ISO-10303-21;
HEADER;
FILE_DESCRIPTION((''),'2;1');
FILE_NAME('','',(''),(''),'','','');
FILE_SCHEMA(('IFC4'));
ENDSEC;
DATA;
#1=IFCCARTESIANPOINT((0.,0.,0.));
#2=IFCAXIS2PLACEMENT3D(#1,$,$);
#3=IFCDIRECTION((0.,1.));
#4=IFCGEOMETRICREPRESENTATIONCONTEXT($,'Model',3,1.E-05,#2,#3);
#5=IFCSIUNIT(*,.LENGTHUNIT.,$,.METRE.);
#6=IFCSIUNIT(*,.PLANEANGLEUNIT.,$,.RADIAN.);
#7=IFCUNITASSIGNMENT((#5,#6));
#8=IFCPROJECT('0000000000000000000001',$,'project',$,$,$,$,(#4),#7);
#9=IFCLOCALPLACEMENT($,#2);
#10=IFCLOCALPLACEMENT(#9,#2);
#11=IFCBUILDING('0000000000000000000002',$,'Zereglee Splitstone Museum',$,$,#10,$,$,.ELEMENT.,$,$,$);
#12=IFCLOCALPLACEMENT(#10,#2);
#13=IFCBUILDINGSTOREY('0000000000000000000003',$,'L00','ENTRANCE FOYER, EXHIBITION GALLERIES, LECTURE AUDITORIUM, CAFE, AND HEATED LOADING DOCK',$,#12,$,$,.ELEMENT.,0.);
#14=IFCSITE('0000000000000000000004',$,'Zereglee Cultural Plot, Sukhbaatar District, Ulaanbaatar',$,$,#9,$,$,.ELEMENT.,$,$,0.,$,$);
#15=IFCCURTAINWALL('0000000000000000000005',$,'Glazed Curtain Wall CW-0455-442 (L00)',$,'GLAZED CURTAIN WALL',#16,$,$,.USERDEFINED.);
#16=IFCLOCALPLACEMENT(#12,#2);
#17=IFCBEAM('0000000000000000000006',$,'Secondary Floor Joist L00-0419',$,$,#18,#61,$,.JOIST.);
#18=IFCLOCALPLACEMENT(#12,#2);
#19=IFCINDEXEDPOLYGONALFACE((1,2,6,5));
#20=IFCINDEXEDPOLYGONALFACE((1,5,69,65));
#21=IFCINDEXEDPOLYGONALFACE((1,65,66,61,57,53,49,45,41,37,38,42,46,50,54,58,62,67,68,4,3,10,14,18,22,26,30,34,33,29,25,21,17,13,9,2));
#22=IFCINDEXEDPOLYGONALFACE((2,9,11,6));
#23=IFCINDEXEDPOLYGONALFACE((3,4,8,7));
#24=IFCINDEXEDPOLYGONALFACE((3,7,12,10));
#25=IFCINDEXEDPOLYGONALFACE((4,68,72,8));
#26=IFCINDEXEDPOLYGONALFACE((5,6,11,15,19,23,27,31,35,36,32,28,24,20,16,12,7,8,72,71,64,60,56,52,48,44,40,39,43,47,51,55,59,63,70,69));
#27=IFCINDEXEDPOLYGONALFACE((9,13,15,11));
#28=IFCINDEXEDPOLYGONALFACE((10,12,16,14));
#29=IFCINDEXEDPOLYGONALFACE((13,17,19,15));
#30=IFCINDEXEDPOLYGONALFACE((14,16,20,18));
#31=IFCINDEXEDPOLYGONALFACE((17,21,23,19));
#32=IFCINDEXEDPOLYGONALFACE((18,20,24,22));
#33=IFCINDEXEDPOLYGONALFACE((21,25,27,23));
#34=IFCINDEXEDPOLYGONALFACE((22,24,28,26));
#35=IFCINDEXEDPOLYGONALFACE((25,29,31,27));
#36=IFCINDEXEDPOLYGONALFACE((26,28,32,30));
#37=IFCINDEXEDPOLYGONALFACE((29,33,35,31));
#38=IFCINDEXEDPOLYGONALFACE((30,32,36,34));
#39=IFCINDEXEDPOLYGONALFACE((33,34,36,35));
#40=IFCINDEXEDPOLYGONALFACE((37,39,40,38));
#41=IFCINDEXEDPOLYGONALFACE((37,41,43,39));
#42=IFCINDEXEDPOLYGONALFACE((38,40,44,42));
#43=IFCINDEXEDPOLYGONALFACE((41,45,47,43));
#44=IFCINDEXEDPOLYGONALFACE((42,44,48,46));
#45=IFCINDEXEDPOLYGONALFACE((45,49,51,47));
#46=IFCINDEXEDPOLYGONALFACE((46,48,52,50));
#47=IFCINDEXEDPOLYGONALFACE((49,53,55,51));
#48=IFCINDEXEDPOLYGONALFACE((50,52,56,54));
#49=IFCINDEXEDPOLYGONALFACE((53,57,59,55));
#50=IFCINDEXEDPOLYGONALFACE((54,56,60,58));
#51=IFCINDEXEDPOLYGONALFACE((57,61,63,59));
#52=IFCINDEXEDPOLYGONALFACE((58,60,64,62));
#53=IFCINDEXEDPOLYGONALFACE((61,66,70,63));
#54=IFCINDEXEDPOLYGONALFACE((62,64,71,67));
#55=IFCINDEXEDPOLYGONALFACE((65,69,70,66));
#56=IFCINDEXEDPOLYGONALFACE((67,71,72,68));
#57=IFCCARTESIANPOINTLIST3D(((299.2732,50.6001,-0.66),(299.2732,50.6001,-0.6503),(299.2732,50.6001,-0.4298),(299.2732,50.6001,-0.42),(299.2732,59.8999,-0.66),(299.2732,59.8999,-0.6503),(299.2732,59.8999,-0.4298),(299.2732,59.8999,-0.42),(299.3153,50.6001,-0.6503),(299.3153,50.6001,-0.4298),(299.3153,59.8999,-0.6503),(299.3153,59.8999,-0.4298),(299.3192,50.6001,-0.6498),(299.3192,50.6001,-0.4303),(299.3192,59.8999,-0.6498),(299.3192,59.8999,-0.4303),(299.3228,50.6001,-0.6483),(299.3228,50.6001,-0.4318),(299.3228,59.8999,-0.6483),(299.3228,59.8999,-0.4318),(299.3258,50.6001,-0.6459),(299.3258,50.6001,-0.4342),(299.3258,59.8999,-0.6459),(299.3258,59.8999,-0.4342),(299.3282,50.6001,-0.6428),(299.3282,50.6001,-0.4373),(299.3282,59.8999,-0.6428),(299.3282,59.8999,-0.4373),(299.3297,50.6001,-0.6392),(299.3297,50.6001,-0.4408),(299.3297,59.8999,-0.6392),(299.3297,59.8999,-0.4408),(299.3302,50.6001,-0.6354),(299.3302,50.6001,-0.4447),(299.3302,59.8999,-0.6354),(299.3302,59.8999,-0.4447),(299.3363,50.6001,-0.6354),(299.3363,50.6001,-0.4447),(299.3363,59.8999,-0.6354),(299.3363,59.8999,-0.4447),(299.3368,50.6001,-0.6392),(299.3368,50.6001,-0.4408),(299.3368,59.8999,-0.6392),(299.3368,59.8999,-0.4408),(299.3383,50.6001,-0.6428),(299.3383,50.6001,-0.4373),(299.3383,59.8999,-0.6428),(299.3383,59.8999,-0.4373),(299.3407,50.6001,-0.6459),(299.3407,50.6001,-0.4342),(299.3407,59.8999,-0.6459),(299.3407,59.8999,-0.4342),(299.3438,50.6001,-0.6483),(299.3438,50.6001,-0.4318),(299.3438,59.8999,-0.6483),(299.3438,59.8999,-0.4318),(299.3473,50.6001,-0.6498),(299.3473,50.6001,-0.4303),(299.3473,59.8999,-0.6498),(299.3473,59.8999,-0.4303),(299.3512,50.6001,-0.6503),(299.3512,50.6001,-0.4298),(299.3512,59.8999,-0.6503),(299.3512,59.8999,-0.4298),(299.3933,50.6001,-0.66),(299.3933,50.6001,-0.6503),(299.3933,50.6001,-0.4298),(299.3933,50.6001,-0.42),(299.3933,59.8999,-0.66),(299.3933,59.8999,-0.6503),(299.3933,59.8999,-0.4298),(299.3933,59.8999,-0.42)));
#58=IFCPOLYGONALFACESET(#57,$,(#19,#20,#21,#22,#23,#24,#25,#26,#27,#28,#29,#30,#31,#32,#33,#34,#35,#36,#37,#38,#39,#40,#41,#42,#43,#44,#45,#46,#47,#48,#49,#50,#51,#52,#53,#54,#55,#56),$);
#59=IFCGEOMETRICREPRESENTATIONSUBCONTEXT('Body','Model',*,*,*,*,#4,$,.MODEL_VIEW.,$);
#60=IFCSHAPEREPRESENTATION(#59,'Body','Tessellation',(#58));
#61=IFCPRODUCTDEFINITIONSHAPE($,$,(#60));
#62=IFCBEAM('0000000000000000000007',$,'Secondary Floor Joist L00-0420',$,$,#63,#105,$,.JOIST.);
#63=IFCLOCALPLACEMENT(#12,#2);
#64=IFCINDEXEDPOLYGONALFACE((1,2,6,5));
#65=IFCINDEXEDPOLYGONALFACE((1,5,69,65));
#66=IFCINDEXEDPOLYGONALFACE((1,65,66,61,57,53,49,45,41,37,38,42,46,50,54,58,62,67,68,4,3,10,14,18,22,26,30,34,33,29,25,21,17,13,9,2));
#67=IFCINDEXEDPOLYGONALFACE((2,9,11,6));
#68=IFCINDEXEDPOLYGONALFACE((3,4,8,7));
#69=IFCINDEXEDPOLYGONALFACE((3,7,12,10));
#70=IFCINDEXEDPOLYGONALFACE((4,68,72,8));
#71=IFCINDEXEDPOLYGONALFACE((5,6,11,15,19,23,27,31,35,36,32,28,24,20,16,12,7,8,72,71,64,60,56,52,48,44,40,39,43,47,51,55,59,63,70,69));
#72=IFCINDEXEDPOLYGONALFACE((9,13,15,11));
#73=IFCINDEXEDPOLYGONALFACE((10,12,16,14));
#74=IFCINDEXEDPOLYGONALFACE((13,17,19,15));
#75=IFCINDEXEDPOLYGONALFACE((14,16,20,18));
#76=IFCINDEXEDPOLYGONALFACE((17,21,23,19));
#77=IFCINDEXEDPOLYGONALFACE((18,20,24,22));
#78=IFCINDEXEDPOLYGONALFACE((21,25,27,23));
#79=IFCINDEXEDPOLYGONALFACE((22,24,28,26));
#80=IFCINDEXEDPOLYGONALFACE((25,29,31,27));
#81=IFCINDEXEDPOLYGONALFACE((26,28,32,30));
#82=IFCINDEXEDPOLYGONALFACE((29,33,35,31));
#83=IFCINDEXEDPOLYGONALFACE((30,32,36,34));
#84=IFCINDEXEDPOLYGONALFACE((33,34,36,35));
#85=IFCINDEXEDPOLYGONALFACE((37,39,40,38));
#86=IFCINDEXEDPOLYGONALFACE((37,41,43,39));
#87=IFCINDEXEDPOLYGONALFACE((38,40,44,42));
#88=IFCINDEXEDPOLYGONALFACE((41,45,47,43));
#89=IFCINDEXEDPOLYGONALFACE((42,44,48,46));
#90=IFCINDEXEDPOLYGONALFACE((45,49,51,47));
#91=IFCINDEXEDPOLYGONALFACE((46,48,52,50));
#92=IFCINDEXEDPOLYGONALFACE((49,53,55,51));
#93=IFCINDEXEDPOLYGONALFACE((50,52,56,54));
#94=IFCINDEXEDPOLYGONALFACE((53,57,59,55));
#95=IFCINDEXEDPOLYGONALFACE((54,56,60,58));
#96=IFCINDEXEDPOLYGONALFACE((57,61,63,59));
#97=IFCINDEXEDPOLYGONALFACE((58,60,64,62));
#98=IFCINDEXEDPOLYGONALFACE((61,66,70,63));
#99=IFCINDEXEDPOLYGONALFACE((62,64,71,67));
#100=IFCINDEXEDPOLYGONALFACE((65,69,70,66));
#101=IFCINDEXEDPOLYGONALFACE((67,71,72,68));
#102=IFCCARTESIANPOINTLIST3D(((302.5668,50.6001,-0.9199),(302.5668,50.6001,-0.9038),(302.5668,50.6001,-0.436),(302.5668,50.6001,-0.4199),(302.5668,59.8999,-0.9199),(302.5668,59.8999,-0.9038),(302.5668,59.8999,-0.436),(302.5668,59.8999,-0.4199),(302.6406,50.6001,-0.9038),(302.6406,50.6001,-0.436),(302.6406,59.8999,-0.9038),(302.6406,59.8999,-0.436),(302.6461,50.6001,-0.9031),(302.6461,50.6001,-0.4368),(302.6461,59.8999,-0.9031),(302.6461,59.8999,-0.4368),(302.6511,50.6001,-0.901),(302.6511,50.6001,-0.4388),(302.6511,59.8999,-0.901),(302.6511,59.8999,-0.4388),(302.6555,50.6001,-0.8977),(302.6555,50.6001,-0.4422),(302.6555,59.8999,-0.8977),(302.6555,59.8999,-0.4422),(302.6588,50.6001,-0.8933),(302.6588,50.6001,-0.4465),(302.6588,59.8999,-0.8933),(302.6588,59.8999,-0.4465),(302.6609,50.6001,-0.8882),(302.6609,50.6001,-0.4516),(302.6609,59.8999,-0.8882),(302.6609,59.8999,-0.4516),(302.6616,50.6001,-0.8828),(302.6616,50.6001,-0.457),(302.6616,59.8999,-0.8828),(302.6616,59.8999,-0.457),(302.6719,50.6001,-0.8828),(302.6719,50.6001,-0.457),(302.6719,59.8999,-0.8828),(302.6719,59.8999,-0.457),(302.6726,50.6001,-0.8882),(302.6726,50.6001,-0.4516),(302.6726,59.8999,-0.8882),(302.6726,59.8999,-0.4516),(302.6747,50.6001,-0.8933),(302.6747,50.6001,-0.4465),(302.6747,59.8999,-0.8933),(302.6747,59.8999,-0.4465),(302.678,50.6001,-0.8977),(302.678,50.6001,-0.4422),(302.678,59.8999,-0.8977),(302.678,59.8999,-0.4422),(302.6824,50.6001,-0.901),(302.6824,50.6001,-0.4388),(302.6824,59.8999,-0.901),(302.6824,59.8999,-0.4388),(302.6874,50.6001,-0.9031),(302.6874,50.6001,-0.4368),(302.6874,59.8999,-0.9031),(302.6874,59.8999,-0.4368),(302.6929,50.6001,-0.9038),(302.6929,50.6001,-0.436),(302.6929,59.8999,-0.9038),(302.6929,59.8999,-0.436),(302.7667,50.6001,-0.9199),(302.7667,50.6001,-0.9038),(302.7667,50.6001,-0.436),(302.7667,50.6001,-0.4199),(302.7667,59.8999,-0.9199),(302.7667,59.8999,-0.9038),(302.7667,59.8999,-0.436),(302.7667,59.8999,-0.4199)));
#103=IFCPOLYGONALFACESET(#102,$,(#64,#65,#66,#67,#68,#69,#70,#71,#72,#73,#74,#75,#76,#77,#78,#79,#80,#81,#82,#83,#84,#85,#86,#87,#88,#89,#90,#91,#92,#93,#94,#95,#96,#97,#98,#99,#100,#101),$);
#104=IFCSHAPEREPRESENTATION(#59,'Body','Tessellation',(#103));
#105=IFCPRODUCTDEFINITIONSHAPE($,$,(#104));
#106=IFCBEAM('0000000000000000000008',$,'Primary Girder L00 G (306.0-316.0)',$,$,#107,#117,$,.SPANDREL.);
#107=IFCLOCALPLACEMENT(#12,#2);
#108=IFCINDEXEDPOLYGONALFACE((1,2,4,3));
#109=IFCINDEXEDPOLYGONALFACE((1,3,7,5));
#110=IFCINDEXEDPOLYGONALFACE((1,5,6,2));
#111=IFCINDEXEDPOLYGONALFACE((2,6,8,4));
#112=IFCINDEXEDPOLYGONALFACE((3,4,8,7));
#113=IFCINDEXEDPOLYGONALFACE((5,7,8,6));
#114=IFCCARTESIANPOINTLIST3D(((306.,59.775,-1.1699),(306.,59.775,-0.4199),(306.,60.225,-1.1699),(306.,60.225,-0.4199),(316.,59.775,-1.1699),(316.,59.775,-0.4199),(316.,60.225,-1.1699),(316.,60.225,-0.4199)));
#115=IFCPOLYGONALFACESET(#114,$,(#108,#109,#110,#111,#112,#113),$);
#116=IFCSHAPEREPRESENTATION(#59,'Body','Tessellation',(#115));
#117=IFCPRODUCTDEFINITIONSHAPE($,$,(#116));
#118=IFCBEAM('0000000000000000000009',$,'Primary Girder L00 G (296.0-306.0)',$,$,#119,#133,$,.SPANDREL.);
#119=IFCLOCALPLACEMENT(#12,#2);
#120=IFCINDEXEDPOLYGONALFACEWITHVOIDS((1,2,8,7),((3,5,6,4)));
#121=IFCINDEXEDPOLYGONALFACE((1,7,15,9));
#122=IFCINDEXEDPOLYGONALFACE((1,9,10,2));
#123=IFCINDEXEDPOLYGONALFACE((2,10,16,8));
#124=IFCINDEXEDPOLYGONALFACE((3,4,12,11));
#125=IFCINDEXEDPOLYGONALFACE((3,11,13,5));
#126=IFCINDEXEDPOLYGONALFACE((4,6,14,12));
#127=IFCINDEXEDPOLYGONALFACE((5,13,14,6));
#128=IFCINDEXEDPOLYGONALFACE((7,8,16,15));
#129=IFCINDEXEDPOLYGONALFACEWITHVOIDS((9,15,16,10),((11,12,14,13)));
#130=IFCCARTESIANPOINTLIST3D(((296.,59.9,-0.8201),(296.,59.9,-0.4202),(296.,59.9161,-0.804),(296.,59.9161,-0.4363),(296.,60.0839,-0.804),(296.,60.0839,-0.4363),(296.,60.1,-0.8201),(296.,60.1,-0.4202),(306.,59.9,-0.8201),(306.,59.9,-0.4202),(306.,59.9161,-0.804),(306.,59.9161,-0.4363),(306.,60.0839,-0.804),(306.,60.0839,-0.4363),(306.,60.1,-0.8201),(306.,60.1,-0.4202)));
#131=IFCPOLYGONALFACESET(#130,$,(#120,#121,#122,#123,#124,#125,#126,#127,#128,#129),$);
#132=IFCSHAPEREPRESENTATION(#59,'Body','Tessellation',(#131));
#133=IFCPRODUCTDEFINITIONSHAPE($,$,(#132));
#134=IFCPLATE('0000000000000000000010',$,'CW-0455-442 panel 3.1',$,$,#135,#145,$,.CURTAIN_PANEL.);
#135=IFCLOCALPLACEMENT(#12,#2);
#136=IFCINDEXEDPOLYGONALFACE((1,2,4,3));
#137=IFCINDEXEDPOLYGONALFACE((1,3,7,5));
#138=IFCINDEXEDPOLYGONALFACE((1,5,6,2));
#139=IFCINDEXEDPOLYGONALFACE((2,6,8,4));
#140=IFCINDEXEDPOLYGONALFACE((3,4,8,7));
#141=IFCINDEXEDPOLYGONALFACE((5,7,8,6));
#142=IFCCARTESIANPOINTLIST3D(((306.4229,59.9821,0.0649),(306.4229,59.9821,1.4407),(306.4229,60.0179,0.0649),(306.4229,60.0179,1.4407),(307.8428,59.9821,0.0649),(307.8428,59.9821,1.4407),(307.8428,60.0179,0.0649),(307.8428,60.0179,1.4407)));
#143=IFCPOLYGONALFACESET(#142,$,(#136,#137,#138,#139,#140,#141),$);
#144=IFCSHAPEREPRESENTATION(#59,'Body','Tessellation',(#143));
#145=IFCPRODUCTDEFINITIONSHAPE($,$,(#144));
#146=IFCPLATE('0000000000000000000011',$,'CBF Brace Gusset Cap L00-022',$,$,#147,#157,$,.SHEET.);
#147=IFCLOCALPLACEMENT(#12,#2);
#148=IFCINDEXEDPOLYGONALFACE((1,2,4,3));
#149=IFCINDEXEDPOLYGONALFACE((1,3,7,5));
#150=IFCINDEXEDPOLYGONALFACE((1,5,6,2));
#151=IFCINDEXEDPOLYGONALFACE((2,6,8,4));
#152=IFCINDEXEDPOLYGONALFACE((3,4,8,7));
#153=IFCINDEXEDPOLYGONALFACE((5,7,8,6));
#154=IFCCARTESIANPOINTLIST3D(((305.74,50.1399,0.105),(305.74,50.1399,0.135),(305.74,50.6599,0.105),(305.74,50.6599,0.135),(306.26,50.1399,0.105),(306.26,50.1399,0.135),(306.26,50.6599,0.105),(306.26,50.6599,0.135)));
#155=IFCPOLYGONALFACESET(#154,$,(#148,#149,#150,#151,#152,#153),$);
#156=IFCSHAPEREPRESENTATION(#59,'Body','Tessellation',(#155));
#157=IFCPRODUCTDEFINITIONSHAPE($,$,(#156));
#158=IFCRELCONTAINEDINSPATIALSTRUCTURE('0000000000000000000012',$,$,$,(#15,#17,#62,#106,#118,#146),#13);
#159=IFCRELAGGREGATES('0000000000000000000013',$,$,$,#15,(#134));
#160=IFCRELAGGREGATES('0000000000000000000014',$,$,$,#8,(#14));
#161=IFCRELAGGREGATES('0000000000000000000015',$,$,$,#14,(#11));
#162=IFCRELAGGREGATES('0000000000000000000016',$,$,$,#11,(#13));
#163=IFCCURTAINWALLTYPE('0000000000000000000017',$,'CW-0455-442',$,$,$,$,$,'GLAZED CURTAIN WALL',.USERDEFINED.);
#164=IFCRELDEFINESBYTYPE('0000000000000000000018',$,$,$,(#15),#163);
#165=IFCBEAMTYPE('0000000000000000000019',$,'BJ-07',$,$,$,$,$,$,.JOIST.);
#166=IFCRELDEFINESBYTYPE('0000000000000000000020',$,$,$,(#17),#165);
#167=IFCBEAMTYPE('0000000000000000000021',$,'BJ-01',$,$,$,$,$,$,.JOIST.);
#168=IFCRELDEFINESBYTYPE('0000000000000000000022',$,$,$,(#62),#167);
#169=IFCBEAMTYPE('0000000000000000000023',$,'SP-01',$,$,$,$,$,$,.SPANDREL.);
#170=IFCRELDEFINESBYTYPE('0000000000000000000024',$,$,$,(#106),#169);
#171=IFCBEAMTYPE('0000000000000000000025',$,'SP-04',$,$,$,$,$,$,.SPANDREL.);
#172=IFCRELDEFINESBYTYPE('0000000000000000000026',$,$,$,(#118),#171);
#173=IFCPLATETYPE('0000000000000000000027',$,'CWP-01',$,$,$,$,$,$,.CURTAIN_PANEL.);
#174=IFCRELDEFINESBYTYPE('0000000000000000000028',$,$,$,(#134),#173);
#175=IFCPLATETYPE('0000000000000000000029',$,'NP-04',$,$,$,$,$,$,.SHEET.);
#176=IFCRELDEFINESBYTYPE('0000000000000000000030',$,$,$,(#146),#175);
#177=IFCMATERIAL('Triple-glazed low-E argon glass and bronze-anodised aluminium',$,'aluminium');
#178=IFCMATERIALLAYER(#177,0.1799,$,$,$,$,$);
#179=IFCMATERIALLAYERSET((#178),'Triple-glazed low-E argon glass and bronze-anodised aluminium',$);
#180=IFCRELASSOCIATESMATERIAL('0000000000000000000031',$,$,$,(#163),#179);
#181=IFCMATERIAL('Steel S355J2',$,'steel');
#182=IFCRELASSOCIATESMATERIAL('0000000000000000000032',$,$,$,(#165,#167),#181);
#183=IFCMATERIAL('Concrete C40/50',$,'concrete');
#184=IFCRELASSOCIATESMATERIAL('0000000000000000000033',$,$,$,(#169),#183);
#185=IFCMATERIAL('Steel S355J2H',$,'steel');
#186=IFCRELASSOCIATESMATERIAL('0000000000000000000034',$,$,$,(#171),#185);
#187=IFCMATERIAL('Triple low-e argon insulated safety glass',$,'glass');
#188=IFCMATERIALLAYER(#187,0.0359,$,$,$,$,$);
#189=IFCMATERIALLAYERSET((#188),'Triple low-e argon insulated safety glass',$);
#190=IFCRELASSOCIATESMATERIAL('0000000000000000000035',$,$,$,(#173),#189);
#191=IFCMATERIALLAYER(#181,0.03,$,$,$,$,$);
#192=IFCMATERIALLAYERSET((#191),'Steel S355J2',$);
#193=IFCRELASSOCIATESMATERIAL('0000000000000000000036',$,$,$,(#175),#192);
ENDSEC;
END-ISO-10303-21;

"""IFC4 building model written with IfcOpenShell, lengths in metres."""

from ifc_helpers import new_model, si_unit, direction, frame, origin, origin_2d, place, context, subcontext, project, spatial, rectangle, hollow_rectangle, i_section, extrude, material, layer, layer_set, material_profile, profile_set, type_object, element, aggregate, save


model = new_model("IFC4")

# Units and contexts
model_context = context("Model", 3, precision=1e-05, world=origin(), true_north=direction((0.0, 1.0)))
body_context = subcontext(model_context, "Body", "Model", "MODEL_VIEW")
ifc_project = project(units=[si_unit("LENGTHUNIT", "METRE"), si_unit("PLANEANGLEUNIT", "RADIAN")], contexts=[model_context])

# Site, building, storey
site_placement = place(None, origin())
site = spatial("IfcSite", under=ifc_project, at=site_placement, Name="Zereglee Cultural Plot, Sukhbaatar District, Ulaanbaatar", CompositionType="ELEMENT", RefElevation=0.0)
building_placement = place(site_placement, origin())
building = spatial("IfcBuilding", under=site, at=building_placement, Name="Zereglee Splitstone Museum", CompositionType="ELEMENT")
storey_placement = place(building_placement, origin())
storey = spatial("IfcBuildingStorey", under=building, at=storey_placement, Name="L00", Description="ENTRANCE FOYER, EXHIBITION GALLERIES, LECTURE AUDITORIUM, CAFE, AND HEATED LOADING DOCK", CompositionType="ELEMENT", Elevation=0.0)

# Shared definitions
ifc_material_1 = material(Name="Steel S355J2H", Category="steel")

# Curtain wall
ifc_material_2 = material(Name="Triple-glazed low-E argon glass and bronze-anodised aluminium", Category="aluminium")
ifc_layer_1 = layer(ifc_material_2, 0.1799)
ifc_layer_set_1 = layer_set([ifc_layer_1], Name="Triple-glazed low-E argon glass and bronze-anodised aluminium")
curtain_wall_type_1 = type_object("IfcCurtainWallType", Name="CW-0455-442", ElementType="GLAZED CURTAIN WALL", PredefinedType="USERDEFINED", material=ifc_layer_set_1)
curtain_wall_1_placement = place(storey_placement, origin())
curtain_wall_1 = element("IfcCurtainWall", 1, at=curtain_wall_1_placement, inside=storey, type_object=curtain_wall_type_1, Name="Glazed Curtain Wall CW-0455-442 (L00)", ObjectType="GLAZED CURTAIN WALL", PredefinedType="USERDEFINED")

# Beams
ifc_material_3 = material(Name="Steel S355J2", Category="steel")
ifc_material_profile_1 = material_profile(ifc_material_3, i_section(OverallWidth=0.1201, OverallDepth=0.24, WebThickness=0.0061, FlangeThickness=0.0098, FilletRadius=0.0149, at=origin_2d()), Name="IPE 240")
ifc_profile_set_1 = profile_set([ifc_material_profile_1], Name="Steel S355J2")
beam_type_1 = type_object("IfcBeamType", Name="BJ-07", PredefinedType="JOIST", material=ifc_profile_set_1)
beam_1_placement = place(storey_placement, frame((299.3333, 50.6001, -0.54), z_axis=(0.0, 1.0, 0.0), x_axis=(-1.0, 0.0, 0.0)))
element("IfcBeam", 2, at=beam_1_placement, inside=storey, type_object=beam_type_1, Name="Secondary Floor Joist L00-0419", PredefinedType="JOIST", context=body_context, shape_type="SweptSolid", body=[
    extrude(i_section(OverallWidth=0.1201, OverallDepth=0.24, WebThickness=0.0061, FlangeThickness=0.0098, FilletRadius=0.0149, at=origin_2d()), origin(), (0.0, 0.0, 1.0), 9.2998),
])
ifc_material_profile_2 = material_profile(ifc_material_3, i_section(OverallWidth=0.2, OverallDepth=0.5, WebThickness=0.0103, FlangeThickness=0.0161, FilletRadius=0.021, at=origin_2d()), Name="IPE 500")
ifc_profile_set_2 = profile_set([ifc_material_profile_2], Name="Steel S355J2")
beam_type_2 = type_object("IfcBeamType", Name="BJ-01", PredefinedType="JOIST", material=ifc_profile_set_2)
beam_2_placement = place(storey_placement, frame((302.6667, 50.6001, -0.6699), z_axis=(0.0, 1.0, 0.0), x_axis=(-1.0, 0.0, 0.0)))
element("IfcBeam", 3, at=beam_2_placement, inside=storey, type_object=beam_type_2, Name="Secondary Floor Joist L00-0420", PredefinedType="JOIST", context=body_context, shape_type="SweptSolid", body=[
    extrude(i_section(OverallWidth=0.2, OverallDepth=0.5, WebThickness=0.0103, FlangeThickness=0.0161, FilletRadius=0.021, at=origin_2d()), origin(), (0.0, 0.0, 1.0), 9.2998),
])
ifc_material_4 = material(Name="Concrete C40/50", Category="concrete")
ifc_material_profile_3 = material_profile(ifc_material_4, rectangle(XDim=0.45, YDim=0.75, at=origin_2d()), Name="RC 450x750")
ifc_profile_set_3 = profile_set([ifc_material_profile_3], Name="Concrete C40/50")
beam_type_3 = type_object("IfcBeamType", Name="SP-01", PredefinedType="SPANDREL", material=ifc_profile_set_3)
beam_3_placement = place(storey_placement, frame((306.0, 60.0, -0.7949), z_axis=(1.0, 0.0, 0.0), x_axis=(0.0, 1.0, 0.0)))
element("IfcBeam", 4, at=beam_3_placement, inside=storey, type_object=beam_type_3, Name="Primary Girder L00 G (306.0-316.0)", PredefinedType="SPANDREL", context=body_context, shape_type="SweptSolid", body=[
    extrude(rectangle(XDim=0.45, YDim=0.75, at=origin_2d()), origin(), (0.0, 0.0, 1.0), 10.0),
])
ifc_material_profile_4 = material_profile(ifc_material_1, hollow_rectangle(XDim=0.2, YDim=0.3999, WallThickness=0.0161, at=origin_2d()), Name="RHS 400x200x16")
ifc_profile_set_4 = profile_set([ifc_material_profile_4], Name="Steel S355J2H")
beam_type_4 = type_object("IfcBeamType", Name="SP-04", PredefinedType="SPANDREL", material=ifc_profile_set_4)
beam_4_placement = place(storey_placement, frame((296.0, 60.0, -0.6201), z_axis=(1.0, 0.0, 0.0), x_axis=(0.0, 1.0, 0.0)))
element("IfcBeam", 5, at=beam_4_placement, inside=storey, type_object=beam_type_4, Name="Primary Girder L00 G (296.0-306.0)", PredefinedType="SPANDREL", context=body_context, shape_type="SweptSolid", body=[
    extrude(hollow_rectangle(XDim=0.2, YDim=0.3999, WallThickness=0.0161, at=origin_2d()), origin(), (0.0, 0.0, 1.0), 10.0),
])

# Plates
ifc_material_5 = material(Name="Triple low-e argon insulated safety glass", Category="glass")
ifc_layer_2 = layer(ifc_material_5, 0.0359)
ifc_layer_set_2 = layer_set([ifc_layer_2], Name="Triple low-e argon insulated safety glass")
plate_type_1 = type_object("IfcPlateType", Name="CWP-01", PredefinedType="CURTAIN_PANEL", material=ifc_layer_set_2)
plate_1_placement = place(storey_placement, frame((307.1328, 60.0, 0.0649), z_axis=(0.0, 0.0, 1.0), x_axis=(-1.0, 0.0, 0.0)))
plate_1 = element("IfcPlate", 6, at=plate_1_placement, type_object=plate_type_1, Name="CW-0455-442 panel 3.1", PredefinedType="CURTAIN_PANEL", context=body_context, shape_type="SweptSolid", body=[
    extrude(rectangle(XDim=1.4199, YDim=0.0359, at=origin_2d()), origin(), (0.0, 0.0, 1.0), 1.3757),
])
aggregate(curtain_wall_1, [plate_1])
ifc_layer_3 = layer(ifc_material_3, 0.03)
ifc_layer_set_3 = layer_set([ifc_layer_3], Name="Steel S355J2")
plate_type_2 = type_object("IfcPlateType", Name="NP-04", PredefinedType="SHEET", material=ifc_layer_set_3)
plate_2_placement = place(storey_placement, frame((306.0, 50.3999, 0.105), z_axis=(0.0, 0.0, 1.0), x_axis=(1.0, 0.0, 0.0)))
element("IfcPlate", 7, at=plate_2_placement, inside=storey, type_object=plate_type_2, Name="CBF Brace Gusset Cap L00-022", PredefinedType="SHEET", context=body_context, shape_type="SweptSolid", body=[
    extrude(rectangle(XDim=0.52, YDim=0.52, at=origin_2d()), origin(), (0.0, 0.0, 1.0), 0.03),
])

save(model, "model.ifc")
